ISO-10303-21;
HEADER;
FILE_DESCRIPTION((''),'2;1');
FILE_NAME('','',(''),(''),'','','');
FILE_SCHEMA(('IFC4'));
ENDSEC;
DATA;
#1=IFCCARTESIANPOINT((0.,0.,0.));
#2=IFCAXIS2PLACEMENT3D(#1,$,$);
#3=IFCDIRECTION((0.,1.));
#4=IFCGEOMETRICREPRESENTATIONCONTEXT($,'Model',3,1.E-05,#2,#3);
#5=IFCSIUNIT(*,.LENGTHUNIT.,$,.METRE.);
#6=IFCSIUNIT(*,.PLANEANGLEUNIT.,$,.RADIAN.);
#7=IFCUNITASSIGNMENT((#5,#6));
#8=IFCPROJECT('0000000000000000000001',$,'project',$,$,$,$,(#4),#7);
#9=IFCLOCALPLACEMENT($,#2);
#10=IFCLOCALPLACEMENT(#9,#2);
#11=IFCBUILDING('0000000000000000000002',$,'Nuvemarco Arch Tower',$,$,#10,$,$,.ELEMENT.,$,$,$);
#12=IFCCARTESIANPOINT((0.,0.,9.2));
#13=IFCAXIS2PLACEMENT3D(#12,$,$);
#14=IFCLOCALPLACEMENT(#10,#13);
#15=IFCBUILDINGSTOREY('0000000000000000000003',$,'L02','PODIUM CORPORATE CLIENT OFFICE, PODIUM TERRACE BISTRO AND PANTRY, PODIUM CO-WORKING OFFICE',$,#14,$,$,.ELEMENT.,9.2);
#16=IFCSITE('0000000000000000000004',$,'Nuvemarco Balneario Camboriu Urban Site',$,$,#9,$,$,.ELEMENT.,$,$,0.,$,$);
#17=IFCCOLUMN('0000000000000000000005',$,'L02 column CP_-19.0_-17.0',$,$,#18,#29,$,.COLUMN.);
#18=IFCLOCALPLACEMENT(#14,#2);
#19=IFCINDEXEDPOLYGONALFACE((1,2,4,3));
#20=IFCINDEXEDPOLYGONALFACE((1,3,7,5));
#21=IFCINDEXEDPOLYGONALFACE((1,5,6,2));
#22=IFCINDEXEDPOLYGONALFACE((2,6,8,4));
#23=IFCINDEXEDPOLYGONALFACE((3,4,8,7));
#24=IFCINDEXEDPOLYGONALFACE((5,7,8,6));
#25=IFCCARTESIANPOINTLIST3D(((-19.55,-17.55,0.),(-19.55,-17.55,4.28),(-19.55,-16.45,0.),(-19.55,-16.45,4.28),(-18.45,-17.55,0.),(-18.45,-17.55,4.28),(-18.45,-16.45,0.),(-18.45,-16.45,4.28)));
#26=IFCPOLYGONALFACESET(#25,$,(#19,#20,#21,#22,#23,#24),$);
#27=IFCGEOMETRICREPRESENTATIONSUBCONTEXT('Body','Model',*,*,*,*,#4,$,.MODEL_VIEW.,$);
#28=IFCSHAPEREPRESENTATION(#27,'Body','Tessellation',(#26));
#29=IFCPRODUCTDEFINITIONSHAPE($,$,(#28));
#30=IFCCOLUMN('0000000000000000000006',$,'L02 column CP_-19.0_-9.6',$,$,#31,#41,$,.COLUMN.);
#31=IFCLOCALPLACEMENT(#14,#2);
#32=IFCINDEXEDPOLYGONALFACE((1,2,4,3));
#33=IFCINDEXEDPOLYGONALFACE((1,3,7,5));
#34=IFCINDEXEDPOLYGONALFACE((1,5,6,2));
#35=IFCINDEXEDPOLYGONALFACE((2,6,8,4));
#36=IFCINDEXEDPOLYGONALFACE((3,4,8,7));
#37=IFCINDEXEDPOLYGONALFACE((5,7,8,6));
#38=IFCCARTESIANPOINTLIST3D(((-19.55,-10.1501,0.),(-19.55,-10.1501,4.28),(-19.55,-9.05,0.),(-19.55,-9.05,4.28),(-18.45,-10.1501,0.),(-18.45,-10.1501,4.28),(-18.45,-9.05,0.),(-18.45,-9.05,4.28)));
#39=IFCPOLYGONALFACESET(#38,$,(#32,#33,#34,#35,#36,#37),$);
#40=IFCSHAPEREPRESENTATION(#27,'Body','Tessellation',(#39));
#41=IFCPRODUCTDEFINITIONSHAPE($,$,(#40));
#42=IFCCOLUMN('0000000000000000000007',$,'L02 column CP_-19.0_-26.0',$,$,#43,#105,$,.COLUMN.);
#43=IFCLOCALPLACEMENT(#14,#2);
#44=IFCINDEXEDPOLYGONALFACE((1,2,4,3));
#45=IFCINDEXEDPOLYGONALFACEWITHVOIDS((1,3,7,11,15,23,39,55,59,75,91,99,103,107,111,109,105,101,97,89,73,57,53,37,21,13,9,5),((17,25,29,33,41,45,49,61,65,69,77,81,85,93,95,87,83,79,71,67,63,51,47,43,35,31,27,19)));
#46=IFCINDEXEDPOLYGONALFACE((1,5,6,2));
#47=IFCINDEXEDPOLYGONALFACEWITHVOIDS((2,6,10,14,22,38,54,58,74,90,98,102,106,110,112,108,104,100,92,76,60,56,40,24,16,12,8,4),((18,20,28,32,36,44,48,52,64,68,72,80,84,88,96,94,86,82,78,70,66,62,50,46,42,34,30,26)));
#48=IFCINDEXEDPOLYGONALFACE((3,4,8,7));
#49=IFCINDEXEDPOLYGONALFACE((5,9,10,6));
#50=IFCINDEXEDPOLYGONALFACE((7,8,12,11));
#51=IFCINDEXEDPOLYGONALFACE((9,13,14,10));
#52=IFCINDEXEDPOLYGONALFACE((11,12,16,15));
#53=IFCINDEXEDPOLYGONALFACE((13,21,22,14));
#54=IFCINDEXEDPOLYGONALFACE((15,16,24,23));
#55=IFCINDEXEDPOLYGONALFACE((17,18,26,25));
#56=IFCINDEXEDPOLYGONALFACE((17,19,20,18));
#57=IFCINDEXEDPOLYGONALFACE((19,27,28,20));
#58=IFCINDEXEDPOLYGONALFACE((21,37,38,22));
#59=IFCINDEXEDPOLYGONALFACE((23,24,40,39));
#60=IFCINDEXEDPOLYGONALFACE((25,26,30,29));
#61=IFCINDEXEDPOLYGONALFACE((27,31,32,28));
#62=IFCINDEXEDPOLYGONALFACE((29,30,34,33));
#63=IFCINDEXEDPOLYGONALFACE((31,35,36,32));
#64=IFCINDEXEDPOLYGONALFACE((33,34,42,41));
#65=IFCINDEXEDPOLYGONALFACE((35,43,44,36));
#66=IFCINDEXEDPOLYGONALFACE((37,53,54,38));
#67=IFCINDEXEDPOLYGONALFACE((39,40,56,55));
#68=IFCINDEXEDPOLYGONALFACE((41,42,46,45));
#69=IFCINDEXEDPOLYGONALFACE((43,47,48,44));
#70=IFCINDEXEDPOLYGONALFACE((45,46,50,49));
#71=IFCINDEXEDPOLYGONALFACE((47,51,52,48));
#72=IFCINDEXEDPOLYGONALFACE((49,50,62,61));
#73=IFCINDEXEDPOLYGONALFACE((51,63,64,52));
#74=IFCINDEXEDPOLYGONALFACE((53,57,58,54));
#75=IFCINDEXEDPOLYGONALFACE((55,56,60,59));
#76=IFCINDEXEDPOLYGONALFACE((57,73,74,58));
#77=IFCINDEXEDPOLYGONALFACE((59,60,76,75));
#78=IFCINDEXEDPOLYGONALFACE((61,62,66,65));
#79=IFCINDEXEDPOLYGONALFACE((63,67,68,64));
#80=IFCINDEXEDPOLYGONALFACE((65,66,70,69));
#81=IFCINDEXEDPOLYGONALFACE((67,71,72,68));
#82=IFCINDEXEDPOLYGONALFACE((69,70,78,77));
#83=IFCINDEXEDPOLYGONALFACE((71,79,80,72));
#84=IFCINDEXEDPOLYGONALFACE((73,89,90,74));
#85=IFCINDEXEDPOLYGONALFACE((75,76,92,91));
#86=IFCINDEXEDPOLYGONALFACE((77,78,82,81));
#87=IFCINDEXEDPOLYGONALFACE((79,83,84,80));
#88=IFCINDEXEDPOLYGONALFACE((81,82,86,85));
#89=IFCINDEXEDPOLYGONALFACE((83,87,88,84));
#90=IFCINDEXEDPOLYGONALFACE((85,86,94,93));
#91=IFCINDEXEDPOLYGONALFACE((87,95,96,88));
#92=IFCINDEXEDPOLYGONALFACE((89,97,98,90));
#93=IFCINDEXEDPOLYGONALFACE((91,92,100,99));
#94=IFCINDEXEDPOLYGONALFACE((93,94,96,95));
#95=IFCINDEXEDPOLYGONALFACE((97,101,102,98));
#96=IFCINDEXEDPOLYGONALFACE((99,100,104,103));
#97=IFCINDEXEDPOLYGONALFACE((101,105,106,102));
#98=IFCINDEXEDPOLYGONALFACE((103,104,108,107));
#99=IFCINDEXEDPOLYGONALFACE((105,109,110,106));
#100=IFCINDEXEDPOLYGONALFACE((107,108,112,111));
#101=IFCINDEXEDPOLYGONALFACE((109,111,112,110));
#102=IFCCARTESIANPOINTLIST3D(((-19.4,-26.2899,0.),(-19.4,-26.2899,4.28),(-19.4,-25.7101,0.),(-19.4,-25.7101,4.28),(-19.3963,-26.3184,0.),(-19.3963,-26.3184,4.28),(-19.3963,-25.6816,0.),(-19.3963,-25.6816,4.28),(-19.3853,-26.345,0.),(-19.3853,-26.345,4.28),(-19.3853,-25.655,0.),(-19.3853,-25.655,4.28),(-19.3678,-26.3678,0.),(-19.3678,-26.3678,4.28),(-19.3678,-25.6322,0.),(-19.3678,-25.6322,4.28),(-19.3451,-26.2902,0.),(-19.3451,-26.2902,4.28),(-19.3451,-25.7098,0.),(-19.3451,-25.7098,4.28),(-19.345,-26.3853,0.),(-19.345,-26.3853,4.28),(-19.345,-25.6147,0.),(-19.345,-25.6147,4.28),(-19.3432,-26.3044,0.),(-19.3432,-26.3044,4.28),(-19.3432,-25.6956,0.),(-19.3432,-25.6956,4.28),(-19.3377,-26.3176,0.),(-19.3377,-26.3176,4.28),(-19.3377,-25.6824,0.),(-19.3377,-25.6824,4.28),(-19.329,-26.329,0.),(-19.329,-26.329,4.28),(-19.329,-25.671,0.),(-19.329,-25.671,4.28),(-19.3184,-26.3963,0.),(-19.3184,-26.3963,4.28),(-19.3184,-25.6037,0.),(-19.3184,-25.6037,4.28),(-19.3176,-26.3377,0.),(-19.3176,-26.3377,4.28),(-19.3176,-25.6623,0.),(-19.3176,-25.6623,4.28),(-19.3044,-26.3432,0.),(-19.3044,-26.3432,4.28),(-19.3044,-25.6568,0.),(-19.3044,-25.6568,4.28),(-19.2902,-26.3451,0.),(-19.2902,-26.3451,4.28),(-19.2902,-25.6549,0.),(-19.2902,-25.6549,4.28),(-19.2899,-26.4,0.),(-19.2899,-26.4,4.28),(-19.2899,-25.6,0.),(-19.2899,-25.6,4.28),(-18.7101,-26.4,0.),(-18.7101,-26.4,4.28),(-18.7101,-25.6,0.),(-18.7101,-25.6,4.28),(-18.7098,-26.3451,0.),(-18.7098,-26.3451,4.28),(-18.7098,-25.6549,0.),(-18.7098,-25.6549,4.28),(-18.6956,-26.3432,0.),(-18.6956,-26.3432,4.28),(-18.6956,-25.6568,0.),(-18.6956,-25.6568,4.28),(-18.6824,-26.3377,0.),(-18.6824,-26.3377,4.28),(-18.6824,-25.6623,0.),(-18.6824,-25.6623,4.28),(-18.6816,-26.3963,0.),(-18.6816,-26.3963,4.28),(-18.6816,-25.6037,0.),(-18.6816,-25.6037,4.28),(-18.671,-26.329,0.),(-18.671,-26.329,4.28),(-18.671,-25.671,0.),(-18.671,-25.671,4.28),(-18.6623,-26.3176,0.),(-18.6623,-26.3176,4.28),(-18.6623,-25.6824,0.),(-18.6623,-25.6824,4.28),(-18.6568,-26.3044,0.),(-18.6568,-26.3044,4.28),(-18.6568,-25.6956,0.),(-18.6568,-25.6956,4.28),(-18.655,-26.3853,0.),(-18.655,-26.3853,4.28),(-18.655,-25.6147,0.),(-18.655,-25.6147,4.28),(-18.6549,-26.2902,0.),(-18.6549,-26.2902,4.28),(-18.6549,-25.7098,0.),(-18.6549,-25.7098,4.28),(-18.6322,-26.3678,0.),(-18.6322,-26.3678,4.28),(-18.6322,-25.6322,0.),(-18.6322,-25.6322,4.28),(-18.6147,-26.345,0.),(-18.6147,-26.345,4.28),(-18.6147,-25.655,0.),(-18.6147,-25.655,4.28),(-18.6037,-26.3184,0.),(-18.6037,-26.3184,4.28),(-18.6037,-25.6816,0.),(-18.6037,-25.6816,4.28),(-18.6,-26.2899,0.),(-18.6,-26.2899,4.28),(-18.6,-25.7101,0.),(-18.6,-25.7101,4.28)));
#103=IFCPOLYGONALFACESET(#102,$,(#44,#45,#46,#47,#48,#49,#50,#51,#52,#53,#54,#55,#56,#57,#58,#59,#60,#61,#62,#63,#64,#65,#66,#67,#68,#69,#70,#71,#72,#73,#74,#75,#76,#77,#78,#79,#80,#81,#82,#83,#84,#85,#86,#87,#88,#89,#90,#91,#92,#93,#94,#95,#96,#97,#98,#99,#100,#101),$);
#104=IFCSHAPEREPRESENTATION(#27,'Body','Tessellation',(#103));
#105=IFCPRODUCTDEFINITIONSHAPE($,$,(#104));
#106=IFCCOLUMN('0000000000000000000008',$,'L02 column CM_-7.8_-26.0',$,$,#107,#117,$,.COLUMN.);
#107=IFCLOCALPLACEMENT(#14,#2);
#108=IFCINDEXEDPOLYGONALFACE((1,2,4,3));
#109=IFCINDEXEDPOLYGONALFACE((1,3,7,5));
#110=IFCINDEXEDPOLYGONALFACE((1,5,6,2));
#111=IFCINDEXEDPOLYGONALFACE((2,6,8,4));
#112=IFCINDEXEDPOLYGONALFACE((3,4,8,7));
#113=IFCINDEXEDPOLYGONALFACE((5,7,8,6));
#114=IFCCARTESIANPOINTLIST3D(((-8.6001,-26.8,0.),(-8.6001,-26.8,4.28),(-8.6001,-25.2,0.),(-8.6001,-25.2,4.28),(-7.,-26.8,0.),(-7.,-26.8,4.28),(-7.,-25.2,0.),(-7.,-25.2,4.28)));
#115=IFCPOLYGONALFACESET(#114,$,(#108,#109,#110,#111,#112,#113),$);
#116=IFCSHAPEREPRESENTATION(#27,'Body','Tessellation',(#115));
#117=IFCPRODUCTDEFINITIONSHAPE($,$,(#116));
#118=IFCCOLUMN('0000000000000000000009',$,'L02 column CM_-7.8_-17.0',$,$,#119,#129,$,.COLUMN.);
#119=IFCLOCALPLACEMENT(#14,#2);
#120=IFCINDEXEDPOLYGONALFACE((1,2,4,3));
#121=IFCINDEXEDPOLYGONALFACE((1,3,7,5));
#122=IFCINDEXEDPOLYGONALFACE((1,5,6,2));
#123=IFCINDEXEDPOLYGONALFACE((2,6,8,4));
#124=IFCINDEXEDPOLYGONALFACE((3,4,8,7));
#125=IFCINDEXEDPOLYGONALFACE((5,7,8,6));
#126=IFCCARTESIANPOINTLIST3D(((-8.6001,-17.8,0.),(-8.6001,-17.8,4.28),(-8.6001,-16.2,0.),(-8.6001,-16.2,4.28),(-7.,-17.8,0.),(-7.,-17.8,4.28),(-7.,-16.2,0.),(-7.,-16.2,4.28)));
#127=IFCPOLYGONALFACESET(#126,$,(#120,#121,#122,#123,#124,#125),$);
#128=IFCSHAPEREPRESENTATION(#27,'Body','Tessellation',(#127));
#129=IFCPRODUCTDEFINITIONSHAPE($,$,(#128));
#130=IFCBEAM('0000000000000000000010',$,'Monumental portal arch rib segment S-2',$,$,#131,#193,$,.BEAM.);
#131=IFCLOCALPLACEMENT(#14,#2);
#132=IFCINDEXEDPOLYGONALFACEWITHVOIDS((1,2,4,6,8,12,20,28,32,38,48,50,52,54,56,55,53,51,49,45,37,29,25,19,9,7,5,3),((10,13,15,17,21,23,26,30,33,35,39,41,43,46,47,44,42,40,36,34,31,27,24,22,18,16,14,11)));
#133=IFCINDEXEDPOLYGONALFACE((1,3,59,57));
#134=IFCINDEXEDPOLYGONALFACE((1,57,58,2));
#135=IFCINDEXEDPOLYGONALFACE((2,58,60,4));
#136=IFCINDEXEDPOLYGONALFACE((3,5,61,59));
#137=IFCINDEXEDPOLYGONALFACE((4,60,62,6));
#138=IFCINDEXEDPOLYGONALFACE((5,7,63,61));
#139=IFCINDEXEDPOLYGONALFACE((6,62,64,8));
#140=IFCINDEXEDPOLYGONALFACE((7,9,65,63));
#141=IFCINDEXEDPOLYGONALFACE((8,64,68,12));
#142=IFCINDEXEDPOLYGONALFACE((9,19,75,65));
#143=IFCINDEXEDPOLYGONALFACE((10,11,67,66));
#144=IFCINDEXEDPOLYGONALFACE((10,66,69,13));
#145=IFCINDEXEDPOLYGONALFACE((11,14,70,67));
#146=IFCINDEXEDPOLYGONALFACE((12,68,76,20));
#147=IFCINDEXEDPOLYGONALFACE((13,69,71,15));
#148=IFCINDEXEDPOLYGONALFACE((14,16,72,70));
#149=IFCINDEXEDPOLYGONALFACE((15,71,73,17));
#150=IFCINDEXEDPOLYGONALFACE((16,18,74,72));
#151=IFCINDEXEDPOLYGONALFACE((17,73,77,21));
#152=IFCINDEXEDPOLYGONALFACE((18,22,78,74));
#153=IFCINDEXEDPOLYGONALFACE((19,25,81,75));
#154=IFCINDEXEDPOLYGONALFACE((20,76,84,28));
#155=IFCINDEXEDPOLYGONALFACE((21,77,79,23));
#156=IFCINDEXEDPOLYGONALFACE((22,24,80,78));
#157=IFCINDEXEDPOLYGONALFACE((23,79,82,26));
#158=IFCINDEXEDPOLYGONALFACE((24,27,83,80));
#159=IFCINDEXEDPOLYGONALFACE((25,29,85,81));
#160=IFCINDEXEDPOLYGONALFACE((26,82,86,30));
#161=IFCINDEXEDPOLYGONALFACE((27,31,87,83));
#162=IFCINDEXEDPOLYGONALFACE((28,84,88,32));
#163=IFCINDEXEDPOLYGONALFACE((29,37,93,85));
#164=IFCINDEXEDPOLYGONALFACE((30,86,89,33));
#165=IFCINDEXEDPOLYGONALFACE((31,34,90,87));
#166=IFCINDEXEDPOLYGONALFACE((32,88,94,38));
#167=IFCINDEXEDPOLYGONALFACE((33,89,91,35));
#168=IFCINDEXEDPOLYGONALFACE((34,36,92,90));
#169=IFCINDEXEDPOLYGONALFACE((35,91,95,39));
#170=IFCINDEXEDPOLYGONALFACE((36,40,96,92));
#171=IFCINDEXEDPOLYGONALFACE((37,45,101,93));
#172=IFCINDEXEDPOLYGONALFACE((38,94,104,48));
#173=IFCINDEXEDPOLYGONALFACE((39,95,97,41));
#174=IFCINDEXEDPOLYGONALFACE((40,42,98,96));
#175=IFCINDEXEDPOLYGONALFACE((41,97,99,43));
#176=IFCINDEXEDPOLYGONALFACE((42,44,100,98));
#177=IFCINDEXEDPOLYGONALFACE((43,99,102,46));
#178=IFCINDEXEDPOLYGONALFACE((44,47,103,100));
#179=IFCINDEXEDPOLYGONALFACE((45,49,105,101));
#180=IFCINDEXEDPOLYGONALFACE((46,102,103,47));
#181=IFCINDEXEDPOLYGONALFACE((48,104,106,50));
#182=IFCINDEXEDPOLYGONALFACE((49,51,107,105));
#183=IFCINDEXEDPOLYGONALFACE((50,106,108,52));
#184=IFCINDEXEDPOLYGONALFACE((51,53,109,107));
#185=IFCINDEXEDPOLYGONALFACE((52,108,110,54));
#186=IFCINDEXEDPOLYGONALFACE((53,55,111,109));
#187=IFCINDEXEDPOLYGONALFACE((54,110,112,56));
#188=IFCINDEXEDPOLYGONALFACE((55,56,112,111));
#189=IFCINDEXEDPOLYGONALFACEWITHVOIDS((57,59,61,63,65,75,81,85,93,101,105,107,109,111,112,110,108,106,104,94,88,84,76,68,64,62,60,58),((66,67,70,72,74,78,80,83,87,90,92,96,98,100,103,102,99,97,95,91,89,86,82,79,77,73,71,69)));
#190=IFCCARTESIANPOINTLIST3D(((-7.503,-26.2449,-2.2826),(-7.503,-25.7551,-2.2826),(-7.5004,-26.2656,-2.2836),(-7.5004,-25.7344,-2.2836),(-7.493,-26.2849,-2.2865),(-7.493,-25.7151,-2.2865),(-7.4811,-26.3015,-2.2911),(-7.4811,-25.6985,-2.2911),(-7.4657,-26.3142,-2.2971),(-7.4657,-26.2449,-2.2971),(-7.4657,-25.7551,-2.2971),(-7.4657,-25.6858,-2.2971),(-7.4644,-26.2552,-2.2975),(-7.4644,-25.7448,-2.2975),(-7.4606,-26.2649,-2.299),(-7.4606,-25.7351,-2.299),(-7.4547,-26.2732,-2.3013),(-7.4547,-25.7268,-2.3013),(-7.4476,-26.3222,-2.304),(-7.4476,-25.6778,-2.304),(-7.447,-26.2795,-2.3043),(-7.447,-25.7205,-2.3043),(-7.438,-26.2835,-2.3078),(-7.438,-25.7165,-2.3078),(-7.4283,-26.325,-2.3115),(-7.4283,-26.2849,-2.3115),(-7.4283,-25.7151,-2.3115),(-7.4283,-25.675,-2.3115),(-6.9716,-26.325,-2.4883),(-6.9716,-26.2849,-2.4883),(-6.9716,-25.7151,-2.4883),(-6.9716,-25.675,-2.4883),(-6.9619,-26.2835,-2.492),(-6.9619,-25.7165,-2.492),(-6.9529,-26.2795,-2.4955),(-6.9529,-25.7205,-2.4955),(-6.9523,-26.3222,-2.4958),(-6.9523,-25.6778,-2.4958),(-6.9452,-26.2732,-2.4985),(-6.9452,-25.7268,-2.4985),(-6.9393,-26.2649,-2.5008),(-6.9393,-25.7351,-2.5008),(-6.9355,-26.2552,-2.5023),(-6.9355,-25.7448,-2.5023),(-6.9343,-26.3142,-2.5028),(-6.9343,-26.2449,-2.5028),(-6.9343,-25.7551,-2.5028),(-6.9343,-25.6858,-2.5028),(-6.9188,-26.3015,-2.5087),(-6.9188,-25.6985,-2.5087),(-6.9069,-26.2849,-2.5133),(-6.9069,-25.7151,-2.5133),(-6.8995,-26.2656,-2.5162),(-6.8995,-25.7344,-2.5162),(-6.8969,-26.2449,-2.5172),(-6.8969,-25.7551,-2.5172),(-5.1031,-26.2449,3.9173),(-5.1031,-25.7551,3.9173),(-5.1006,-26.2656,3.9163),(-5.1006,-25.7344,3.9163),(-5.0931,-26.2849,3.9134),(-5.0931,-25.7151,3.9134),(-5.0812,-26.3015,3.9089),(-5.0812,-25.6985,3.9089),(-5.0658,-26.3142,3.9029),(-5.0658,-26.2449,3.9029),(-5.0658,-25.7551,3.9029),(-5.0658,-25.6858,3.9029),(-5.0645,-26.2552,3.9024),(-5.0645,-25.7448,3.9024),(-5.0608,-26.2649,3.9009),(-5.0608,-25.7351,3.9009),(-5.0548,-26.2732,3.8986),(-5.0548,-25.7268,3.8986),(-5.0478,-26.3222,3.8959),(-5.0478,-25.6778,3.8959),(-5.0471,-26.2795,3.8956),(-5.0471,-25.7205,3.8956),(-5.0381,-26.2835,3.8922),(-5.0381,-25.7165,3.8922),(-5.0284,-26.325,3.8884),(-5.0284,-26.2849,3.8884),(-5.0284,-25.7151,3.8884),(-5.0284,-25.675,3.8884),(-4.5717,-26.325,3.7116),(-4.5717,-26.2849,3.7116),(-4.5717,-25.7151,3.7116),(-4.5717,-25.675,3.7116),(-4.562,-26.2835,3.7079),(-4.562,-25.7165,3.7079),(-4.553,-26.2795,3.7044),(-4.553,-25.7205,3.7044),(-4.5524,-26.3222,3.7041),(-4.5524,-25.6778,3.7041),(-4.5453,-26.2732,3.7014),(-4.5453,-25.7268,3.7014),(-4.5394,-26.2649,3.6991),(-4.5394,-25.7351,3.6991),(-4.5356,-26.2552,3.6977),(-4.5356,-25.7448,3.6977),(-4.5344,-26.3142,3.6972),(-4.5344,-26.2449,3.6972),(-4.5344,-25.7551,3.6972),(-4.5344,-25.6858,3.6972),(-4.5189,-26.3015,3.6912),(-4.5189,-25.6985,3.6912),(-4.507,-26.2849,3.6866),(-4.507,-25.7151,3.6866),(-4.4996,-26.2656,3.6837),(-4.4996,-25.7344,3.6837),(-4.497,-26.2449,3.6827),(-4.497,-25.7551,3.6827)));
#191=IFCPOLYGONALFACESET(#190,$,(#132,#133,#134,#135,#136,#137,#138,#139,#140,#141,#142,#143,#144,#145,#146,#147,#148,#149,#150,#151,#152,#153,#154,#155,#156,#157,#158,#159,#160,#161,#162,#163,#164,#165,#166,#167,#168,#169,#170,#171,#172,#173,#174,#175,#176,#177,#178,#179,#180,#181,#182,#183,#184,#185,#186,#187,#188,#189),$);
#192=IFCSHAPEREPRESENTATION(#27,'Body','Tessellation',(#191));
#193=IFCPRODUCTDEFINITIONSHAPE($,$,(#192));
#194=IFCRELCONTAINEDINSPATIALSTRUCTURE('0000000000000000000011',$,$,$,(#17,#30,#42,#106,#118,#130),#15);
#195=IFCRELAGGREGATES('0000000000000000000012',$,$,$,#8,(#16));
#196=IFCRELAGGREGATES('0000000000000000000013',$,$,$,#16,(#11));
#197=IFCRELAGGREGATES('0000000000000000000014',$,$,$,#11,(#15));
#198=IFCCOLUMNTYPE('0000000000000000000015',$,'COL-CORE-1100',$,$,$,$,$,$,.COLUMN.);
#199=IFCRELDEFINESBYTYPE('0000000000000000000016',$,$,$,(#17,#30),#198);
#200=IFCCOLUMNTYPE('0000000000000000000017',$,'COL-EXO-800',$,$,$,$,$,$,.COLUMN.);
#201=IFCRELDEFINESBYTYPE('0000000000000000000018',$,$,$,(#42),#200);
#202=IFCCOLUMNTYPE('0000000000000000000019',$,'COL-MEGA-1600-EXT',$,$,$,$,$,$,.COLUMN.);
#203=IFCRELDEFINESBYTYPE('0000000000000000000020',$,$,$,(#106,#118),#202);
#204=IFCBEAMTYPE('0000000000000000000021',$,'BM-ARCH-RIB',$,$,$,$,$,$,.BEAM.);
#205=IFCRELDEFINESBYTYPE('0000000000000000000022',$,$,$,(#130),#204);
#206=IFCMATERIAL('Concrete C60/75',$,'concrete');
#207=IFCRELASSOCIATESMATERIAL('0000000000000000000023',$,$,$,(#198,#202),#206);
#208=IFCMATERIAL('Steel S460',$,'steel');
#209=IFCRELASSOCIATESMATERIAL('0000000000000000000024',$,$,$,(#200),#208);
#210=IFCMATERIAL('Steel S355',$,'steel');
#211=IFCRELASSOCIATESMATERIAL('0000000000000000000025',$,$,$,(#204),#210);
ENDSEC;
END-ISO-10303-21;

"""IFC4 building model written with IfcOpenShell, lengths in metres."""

from ifc_helpers import new_model, si_unit, direction, frame, origin, origin_2d, place, context, subcontext, project, spatial, rectangle, hollow_rectangle, extrude, material, material_profile, profile_set, type_object, element, save


model = new_model("IFC4")

# Units and contexts
model_context = context("Model", 3, precision=1e-05, world=origin(), true_north=direction((0.0, 1.0)))
body_context = subcontext(model_context, "Body", "Model", "MODEL_VIEW")
ifc_project = project(units=[si_unit("LENGTHUNIT", "METRE"), si_unit("PLANEANGLEUNIT", "RADIAN")], contexts=[model_context])

# Site, building, storey
site_placement = place(None, origin())
site = spatial("IfcSite", under=ifc_project, at=site_placement, Name="Nuvemarco Balneario Camboriu Urban Site", CompositionType="ELEMENT", RefElevation=0.0)
building_placement = place(site_placement, origin())
building = spatial("IfcBuilding", under=site, at=building_placement, Name="Nuvemarco Arch Tower", CompositionType="ELEMENT")
storey_placement = place(building_placement, frame((0.0, 0.0, 9.2)))
storey = spatial("IfcBuildingStorey", under=building, at=storey_placement, Name="L02", Description="PODIUM CORPORATE CLIENT OFFICE, PODIUM TERRACE BISTRO AND PANTRY, PODIUM CO-WORKING OFFICE", CompositionType="ELEMENT", Elevation=9.2)

# Columns
ifc_material_1 = material(Name="Concrete C60/75", Category="concrete")
ifc_material_profile_1 = material_profile(ifc_material_1, rectangle(XDim=1.1001, YDim=1.1001, at=origin_2d()), Name="RC-COL-1100x1100")
ifc_profile_set_1 = profile_set([ifc_material_profile_1], Name="Concrete C60/75")
column_type_1 = type_object("IfcColumnType", Name="COL-CORE-1100", PredefinedType="COLUMN", material=ifc_profile_set_1)
for number, where, z_axis, x_axis, name in (
    (1, (-19.0, -17.0, 0.0), (0.0, 0.0, 1.0), (1.0, 0.0, 0.0), "L02 column CP_-19.0_-17.0"),
    (2, (-19.0, -9.6001, 0.0), (0.0, 0.0, 1.0), (1.0, 0.0, 0.0), "L02 column CP_-19.0_-9.6"),
):
    element("IfcColumn", number, at=place(storey_placement, frame(where, z_axis=z_axis, x_axis=x_axis)), inside=storey, type_object=column_type_1, Name=name, PredefinedType="COLUMN", context=body_context, shape_type="SweptSolid", body=[
        extrude(rectangle(XDim=1.1001, YDim=1.1001, at=origin_2d()), origin(), (0.0, 0.0, 1.0), 4.28),
    ])
ifc_material_2 = material(Name="Steel S460", Category="steel")
ifc_material_profile_2 = material_profile(ifc_material_2, hollow_rectangle(XDim=0.8, YDim=0.8, WallThickness=0.0549, InnerFilletRadius=0.0549, OuterFilletRadius=0.1101, at=origin_2d()), Name="SHS800x800x55")
ifc_profile_set_2 = profile_set([ifc_material_profile_2], Name="Steel S460")
column_type_2 = type_object("IfcColumnType", Name="COL-EXO-800", PredefinedType="COLUMN", material=ifc_profile_set_2)
column_placement = place(storey_placement, frame((-19.0, -26.0, 0.0), z_axis=(0.0, 0.0, 1.0), x_axis=(1.0, 0.0, 0.0)))
element("IfcColumn", 3, at=column_placement, inside=storey, type_object=column_type_2, Name="L02 column CP_-19.0_-26.0", PredefinedType="COLUMN", context=body_context, shape_type="SweptSolid", body=[
    extrude(hollow_rectangle(XDim=0.8, YDim=0.8, WallThickness=0.0549, InnerFilletRadius=0.0549, OuterFilletRadius=0.1101, at=origin_2d()), origin(), (0.0, 0.0, 1.0), 4.28),
])
ifc_material_profile_3 = material_profile(ifc_material_1, rectangle(XDim=1.6001, YDim=1.6001, at=origin_2d()), Name="RC-COL-1600x1600")
ifc_profile_set_3 = profile_set([ifc_material_profile_3], Name="Concrete C60/75")
column_type_3 = type_object("IfcColumnType", Name="COL-MEGA-1600-EXT", PredefinedType="COLUMN", material=ifc_profile_set_3)
for number, where, z_axis, x_axis, name in (
    (4, (-7.8, -26.0, 0.0), (0.0, 0.0, 1.0), (1.0, 0.0, 0.0), "L02 column CM_-7.8_-26.0"),
    (5, (-7.8, -17.0, 0.0), (0.0, 0.0, 1.0), (1.0, 0.0, 0.0), "L02 column CM_-7.8_-17.0"),
):
    element("IfcColumn", number, at=place(storey_placement, frame(where, z_axis=z_axis, x_axis=x_axis)), inside=storey, type_object=column_type_3, Name=name, PredefinedType="COLUMN", context=body_context, shape_type="SweptSolid", body=[
        extrude(rectangle(XDim=1.6001, YDim=1.6001, at=origin_2d()), origin(), (0.0, 0.0, 1.0), 4.28),
    ])

# Beam
ifc_material_3 = material(Name="Steel S355", Category="steel")
ifc_material_profile_4 = material_profile(ifc_material_3, hollow_rectangle(XDim=0.6499, YDim=0.6499, WallThickness=0.04, InnerFilletRadius=0.04, OuterFilletRadius=0.0801, at=origin_2d()), Name="SHS650x650x40")
ifc_profile_set_4 = profile_set([ifc_material_profile_4], Name="Steel S355")
beam_type_1 = type_object("IfcBeamType", Name="BM-ARCH-RIB", PredefinedType="BEAM", material=ifc_profile_set_4)
beam_1_placement = place(storey_placement, frame((-7.2, -26.0, -2.3999), z_axis=(0.360984, 0.0, 0.932572), x_axis=(0.0, 1.0, 0.0)))
element("IfcBeam", 6, at=beam_1_placement, inside=storey, type_object=beam_type_1, Name="Monumental portal arch rib segment S-2", PredefinedType="BEAM", context=body_context, shape_type="SweptSolid", body=[
    extrude(hollow_rectangle(XDim=0.6499, YDim=0.6499, WallThickness=0.04, InnerFilletRadius=0.04, OuterFilletRadius=0.0801, at=origin_2d()), origin(), (0.0, 0.0, 1.0), 6.6482),
])

save(model, "model.ifc")
